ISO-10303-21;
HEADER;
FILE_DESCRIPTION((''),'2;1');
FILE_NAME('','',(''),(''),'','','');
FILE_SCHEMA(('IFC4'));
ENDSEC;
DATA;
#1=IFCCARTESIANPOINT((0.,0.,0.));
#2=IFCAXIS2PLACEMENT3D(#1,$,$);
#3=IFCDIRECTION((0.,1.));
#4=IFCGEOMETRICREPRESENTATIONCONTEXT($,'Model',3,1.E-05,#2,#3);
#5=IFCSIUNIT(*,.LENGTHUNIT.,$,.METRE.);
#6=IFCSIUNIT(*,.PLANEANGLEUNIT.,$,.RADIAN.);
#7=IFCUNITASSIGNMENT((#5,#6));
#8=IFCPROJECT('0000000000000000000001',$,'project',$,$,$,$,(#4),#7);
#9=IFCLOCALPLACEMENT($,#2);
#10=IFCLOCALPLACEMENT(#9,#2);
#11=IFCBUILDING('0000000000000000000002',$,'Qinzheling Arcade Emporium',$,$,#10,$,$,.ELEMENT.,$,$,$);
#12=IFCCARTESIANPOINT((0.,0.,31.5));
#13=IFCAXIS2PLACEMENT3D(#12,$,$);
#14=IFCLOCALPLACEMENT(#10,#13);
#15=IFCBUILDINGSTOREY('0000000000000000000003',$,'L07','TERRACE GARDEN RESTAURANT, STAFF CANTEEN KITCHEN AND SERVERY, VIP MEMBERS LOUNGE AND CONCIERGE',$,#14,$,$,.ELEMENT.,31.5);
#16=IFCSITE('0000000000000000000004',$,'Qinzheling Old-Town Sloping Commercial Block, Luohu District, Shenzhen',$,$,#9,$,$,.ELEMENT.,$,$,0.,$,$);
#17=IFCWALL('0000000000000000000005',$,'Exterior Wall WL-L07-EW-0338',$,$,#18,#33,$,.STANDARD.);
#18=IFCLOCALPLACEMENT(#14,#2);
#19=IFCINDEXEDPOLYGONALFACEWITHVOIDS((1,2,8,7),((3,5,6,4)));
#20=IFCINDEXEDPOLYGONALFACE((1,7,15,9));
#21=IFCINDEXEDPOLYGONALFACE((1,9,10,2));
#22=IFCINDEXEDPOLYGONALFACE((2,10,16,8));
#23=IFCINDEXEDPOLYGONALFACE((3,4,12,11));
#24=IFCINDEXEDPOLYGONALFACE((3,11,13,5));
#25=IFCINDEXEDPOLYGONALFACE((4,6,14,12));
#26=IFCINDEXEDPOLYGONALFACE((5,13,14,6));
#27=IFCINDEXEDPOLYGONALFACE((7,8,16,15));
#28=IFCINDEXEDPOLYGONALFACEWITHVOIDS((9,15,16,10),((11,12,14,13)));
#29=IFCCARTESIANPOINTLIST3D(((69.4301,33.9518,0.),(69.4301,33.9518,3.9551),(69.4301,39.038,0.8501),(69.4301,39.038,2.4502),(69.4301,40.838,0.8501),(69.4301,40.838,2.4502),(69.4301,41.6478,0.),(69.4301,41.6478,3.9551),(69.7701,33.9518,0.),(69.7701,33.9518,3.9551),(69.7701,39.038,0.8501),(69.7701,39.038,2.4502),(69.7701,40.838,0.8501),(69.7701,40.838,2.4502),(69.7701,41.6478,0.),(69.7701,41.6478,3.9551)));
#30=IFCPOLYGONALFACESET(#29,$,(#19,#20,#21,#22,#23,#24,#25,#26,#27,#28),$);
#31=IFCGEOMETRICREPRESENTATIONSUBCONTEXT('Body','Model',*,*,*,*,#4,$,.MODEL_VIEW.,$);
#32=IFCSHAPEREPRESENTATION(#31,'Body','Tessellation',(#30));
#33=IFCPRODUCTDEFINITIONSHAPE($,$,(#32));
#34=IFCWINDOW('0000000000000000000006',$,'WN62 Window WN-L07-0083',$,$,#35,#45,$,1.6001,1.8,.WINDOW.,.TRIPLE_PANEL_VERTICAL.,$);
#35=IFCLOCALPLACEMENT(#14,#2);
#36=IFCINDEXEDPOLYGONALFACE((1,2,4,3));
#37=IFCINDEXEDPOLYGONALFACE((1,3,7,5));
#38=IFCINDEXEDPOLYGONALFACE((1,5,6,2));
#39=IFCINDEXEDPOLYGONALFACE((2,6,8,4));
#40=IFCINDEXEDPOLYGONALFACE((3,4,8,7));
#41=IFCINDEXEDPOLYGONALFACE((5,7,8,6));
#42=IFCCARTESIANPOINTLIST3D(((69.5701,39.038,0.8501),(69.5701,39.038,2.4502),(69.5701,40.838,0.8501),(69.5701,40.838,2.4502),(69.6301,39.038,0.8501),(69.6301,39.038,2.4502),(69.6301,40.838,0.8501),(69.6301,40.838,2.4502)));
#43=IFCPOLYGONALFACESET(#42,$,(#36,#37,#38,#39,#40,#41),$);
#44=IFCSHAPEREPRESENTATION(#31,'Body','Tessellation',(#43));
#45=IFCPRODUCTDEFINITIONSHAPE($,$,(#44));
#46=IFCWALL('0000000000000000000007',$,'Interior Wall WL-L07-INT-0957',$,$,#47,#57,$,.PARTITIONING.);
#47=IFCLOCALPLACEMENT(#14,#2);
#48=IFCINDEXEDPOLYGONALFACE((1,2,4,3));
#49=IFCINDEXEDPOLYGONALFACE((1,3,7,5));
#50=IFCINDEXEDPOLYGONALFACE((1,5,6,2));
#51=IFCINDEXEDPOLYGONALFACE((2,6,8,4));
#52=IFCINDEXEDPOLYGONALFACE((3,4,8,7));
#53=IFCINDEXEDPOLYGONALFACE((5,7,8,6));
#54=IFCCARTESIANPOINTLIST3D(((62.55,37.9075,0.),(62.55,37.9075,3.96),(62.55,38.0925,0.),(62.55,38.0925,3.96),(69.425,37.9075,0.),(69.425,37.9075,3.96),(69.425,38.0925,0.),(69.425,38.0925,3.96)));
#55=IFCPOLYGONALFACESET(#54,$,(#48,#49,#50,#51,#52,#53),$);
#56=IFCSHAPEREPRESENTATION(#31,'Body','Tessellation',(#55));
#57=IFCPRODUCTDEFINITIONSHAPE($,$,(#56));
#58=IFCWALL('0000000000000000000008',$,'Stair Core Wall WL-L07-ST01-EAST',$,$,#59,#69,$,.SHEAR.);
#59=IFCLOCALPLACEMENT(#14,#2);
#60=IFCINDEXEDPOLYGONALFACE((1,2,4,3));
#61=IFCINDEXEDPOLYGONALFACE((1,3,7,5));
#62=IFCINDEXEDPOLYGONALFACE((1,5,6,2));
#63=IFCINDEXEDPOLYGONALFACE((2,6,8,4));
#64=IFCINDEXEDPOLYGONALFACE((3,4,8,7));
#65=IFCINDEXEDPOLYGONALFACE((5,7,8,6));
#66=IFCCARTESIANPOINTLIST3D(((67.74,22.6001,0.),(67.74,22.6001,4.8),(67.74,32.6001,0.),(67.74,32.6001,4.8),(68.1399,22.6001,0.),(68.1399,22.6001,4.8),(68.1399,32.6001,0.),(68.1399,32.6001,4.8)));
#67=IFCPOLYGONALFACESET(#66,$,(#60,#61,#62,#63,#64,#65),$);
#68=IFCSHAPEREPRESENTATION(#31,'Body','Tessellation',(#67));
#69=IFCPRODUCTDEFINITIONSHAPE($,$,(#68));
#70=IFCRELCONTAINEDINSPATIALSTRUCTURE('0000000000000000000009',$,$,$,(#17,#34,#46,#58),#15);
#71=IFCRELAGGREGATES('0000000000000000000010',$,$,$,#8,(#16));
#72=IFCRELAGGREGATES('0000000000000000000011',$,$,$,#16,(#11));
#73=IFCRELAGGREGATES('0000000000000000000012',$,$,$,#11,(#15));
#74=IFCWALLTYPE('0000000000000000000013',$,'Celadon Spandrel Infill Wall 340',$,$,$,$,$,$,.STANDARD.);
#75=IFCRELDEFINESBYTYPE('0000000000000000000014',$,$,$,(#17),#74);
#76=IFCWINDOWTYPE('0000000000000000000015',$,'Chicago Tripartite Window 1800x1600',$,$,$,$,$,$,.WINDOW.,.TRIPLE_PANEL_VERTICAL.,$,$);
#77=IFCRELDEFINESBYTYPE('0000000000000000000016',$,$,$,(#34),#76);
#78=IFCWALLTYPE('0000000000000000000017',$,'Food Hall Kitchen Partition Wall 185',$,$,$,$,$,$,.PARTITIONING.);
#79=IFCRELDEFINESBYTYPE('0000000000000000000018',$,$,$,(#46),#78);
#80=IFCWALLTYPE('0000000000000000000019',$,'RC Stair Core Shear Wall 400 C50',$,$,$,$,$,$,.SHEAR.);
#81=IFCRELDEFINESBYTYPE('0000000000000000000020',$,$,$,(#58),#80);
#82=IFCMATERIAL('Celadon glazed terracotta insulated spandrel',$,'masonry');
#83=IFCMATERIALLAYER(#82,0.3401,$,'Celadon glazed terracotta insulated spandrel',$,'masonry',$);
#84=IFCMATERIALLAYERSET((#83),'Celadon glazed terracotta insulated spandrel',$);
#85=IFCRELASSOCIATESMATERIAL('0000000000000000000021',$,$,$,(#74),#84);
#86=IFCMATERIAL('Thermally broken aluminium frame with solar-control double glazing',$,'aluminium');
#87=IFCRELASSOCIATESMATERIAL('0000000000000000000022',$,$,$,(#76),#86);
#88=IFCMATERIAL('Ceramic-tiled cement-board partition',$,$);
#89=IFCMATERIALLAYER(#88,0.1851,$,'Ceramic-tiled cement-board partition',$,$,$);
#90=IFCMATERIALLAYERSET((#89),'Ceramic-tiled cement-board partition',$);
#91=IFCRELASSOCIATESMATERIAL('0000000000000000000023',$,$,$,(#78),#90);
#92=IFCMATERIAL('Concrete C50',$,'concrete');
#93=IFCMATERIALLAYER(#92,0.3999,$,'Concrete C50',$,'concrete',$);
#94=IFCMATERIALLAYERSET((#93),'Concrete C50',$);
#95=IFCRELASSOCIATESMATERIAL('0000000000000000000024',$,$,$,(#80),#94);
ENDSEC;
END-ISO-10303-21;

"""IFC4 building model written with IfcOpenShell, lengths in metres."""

from ifc_helpers import new_model, si_unit, direction, frame, frame_2d, origin, place, context, subcontext, project, spatial, rectangle, extrude, material, layer, layer_set, type_object, element, fill, save


model = new_model("IFC4")

# Units and contexts
model_context = context("Model", 3, precision=1e-05, world=origin(), true_north=direction((0.0, 1.0)))
body_context = subcontext(model_context, "Body", "Model", "MODEL_VIEW")
ifc_project = project(units=[si_unit("LENGTHUNIT", "METRE"), si_unit("PLANEANGLEUNIT", "RADIAN")], contexts=[model_context])

# Site, building, storey
site_placement = place(None, origin())
site = spatial("IfcSite", under=ifc_project, at=site_placement, Name="Qinzheling Old-Town Sloping Commercial Block, Luohu District, Shenzhen", CompositionType="ELEMENT", RefElevation=0.0)
building_placement = place(site_placement, origin())
building = spatial("IfcBuilding", under=site, at=building_placement, Name="Qinzheling Arcade Emporium", CompositionType="ELEMENT")
storey_placement = place(building_placement, frame((0.0, 0.0, 31.5)))
storey = spatial("IfcBuildingStorey", under=building, at=storey_placement, Name="L07", Description="TERRACE GARDEN RESTAURANT, STAFF CANTEEN KITCHEN AND SERVERY, VIP MEMBERS LOUNGE AND CONCIERGE", CompositionType="ELEMENT", Elevation=31.5)

# Wall, opening, window
ifc_material_1 = material(Name="Celadon glazed terracotta insulated spandrel", Category="masonry")
ifc_layer_1 = layer(ifc_material_1, 0.3401, Name="Celadon glazed terracotta insulated spandrel", Category="masonry")
ifc_layer_set_1 = layer_set([ifc_layer_1], Name="Celadon glazed terracotta insulated spandrel")
wall_type_1 = type_object("IfcWallType", Name="Celadon Spandrel Infill Wall 340", PredefinedType="STANDARD", material=ifc_layer_set_1)
wall_1_placement = place(storey_placement, frame((69.6001, 41.6479, 0.0), z_axis=(0.0, 0.0, 1.0), x_axis=(0.0, -1.0, 0.0)))
wall_1 = element("IfcWall", 1, at=wall_1_placement, inside=storey, type_object=wall_type_1, Name="Exterior Wall WL-L07-EW-0338", PredefinedType="STANDARD", context=body_context, shape_type="SweptSolid", body=[
    extrude(rectangle(XDim=7.696, YDim=0.3401, at=frame_2d((3.8481, 0.0))), origin(), (0.0, 0.0, 1.0), 3.9551),
])
opening_placement = place(wall_1_placement, frame((0.8101, 0.0, 0.8501)))
opening = element("IfcOpeningElement", 2, at=opening_placement, cuts=wall_1, PredefinedType="OPENING", context=body_context, shape_type="SweptSolid", body=[
    extrude(rectangle(XDim=1.8, YDim=1.6001, at=frame_2d((0.8999, 0.8))), frame((0.0, 0.1802, 0.0), z_axis=(0.0, -1.0, 0.0), x_axis=(1.0, 0.0, 0.0)), (0.0, 0.0, 1.0), 0.3601),
])
ifc_material_2 = material(Name="Thermally broken aluminium frame with solar-control double glazing", Category="aluminium")
window_type = type_object("IfcWindowType", Name="Chicago Tripartite Window 1800x1600", PartitioningType="TRIPLE_PANEL_VERTICAL", PredefinedType="WINDOW", material=ifc_material_2)
window_placement = place(opening_placement, origin())
window = element("IfcWindow", 3, at=window_placement, inside=storey, type_object=window_type, Name="WN62 Window WN-L07-0083", OverallHeight=1.6001, OverallWidth=1.8, PartitioningType="TRIPLE_PANEL_VERTICAL", PredefinedType="WINDOW", context=body_context, shape_type="SweptSolid", body=[
    extrude(rectangle(XDim=1.8, YDim=1.6001, at=frame_2d((0.8999, 0.8))), frame((0.0, 0.03, 0.0), z_axis=(0.0, -1.0, 0.0), x_axis=(1.0, 0.0, 0.0)), (0.0, 0.0, 1.0), 0.0601),
])
fill(opening, window)

# Walls
ifc_material_3 = material(Name="Ceramic-tiled cement-board partition")
ifc_layer_2 = layer(ifc_material_3, 0.1851, Name="Ceramic-tiled cement-board partition")
ifc_layer_set_2 = layer_set([ifc_layer_2], Name="Ceramic-tiled cement-board partition")
wall_type_2 = type_object("IfcWallType", Name="Food Hall Kitchen Partition Wall 185", PredefinedType="PARTITIONING", material=ifc_layer_set_2)
wall_2_placement = place(storey_placement, frame((69.425, 38.0, 0.0), z_axis=(0.0, 0.0, 1.0), x_axis=(-1.0, 0.0, 0.0)))
element("IfcWall", 4, at=wall_2_placement, inside=storey, type_object=wall_type_2, Name="Interior Wall WL-L07-INT-0957", PredefinedType="PARTITIONING", context=body_context, shape_type="SweptSolid", body=[
    extrude(rectangle(XDim=6.875, YDim=0.1851, at=frame_2d((3.4375, 0.0))), origin(), (0.0, 0.0, 1.0), 3.96),
])
ifc_material_4 = material(Name="Concrete C50", Category="concrete")
ifc_layer_3 = layer(ifc_material_4, 0.3999, Name="Concrete C50", Category="concrete")
ifc_layer_set_3 = layer_set([ifc_layer_3], Name="Concrete C50")
wall_type_3 = type_object("IfcWallType", Name="RC Stair Core Shear Wall 400 C50", PredefinedType="SHEAR", material=ifc_layer_set_3)
wall_3_placement = place(storey_placement, frame((67.9399, 32.6001, 0.0), z_axis=(0.0, 0.0, 1.0), x_axis=(0.0, -1.0, 0.0)))
element("IfcWall", 5, at=wall_3_placement, inside=storey, type_object=wall_type_3, Name="Stair Core Wall WL-L07-ST01-EAST", PredefinedType="SHEAR", context=body_context, shape_type="SweptSolid", body=[
    extrude(rectangle(XDim=10.0, YDim=0.3999, at=frame_2d((5.0, 0.0))), origin(), (0.0, 0.0, 1.0), 4.8),
])

save(model, "model.ifc")
